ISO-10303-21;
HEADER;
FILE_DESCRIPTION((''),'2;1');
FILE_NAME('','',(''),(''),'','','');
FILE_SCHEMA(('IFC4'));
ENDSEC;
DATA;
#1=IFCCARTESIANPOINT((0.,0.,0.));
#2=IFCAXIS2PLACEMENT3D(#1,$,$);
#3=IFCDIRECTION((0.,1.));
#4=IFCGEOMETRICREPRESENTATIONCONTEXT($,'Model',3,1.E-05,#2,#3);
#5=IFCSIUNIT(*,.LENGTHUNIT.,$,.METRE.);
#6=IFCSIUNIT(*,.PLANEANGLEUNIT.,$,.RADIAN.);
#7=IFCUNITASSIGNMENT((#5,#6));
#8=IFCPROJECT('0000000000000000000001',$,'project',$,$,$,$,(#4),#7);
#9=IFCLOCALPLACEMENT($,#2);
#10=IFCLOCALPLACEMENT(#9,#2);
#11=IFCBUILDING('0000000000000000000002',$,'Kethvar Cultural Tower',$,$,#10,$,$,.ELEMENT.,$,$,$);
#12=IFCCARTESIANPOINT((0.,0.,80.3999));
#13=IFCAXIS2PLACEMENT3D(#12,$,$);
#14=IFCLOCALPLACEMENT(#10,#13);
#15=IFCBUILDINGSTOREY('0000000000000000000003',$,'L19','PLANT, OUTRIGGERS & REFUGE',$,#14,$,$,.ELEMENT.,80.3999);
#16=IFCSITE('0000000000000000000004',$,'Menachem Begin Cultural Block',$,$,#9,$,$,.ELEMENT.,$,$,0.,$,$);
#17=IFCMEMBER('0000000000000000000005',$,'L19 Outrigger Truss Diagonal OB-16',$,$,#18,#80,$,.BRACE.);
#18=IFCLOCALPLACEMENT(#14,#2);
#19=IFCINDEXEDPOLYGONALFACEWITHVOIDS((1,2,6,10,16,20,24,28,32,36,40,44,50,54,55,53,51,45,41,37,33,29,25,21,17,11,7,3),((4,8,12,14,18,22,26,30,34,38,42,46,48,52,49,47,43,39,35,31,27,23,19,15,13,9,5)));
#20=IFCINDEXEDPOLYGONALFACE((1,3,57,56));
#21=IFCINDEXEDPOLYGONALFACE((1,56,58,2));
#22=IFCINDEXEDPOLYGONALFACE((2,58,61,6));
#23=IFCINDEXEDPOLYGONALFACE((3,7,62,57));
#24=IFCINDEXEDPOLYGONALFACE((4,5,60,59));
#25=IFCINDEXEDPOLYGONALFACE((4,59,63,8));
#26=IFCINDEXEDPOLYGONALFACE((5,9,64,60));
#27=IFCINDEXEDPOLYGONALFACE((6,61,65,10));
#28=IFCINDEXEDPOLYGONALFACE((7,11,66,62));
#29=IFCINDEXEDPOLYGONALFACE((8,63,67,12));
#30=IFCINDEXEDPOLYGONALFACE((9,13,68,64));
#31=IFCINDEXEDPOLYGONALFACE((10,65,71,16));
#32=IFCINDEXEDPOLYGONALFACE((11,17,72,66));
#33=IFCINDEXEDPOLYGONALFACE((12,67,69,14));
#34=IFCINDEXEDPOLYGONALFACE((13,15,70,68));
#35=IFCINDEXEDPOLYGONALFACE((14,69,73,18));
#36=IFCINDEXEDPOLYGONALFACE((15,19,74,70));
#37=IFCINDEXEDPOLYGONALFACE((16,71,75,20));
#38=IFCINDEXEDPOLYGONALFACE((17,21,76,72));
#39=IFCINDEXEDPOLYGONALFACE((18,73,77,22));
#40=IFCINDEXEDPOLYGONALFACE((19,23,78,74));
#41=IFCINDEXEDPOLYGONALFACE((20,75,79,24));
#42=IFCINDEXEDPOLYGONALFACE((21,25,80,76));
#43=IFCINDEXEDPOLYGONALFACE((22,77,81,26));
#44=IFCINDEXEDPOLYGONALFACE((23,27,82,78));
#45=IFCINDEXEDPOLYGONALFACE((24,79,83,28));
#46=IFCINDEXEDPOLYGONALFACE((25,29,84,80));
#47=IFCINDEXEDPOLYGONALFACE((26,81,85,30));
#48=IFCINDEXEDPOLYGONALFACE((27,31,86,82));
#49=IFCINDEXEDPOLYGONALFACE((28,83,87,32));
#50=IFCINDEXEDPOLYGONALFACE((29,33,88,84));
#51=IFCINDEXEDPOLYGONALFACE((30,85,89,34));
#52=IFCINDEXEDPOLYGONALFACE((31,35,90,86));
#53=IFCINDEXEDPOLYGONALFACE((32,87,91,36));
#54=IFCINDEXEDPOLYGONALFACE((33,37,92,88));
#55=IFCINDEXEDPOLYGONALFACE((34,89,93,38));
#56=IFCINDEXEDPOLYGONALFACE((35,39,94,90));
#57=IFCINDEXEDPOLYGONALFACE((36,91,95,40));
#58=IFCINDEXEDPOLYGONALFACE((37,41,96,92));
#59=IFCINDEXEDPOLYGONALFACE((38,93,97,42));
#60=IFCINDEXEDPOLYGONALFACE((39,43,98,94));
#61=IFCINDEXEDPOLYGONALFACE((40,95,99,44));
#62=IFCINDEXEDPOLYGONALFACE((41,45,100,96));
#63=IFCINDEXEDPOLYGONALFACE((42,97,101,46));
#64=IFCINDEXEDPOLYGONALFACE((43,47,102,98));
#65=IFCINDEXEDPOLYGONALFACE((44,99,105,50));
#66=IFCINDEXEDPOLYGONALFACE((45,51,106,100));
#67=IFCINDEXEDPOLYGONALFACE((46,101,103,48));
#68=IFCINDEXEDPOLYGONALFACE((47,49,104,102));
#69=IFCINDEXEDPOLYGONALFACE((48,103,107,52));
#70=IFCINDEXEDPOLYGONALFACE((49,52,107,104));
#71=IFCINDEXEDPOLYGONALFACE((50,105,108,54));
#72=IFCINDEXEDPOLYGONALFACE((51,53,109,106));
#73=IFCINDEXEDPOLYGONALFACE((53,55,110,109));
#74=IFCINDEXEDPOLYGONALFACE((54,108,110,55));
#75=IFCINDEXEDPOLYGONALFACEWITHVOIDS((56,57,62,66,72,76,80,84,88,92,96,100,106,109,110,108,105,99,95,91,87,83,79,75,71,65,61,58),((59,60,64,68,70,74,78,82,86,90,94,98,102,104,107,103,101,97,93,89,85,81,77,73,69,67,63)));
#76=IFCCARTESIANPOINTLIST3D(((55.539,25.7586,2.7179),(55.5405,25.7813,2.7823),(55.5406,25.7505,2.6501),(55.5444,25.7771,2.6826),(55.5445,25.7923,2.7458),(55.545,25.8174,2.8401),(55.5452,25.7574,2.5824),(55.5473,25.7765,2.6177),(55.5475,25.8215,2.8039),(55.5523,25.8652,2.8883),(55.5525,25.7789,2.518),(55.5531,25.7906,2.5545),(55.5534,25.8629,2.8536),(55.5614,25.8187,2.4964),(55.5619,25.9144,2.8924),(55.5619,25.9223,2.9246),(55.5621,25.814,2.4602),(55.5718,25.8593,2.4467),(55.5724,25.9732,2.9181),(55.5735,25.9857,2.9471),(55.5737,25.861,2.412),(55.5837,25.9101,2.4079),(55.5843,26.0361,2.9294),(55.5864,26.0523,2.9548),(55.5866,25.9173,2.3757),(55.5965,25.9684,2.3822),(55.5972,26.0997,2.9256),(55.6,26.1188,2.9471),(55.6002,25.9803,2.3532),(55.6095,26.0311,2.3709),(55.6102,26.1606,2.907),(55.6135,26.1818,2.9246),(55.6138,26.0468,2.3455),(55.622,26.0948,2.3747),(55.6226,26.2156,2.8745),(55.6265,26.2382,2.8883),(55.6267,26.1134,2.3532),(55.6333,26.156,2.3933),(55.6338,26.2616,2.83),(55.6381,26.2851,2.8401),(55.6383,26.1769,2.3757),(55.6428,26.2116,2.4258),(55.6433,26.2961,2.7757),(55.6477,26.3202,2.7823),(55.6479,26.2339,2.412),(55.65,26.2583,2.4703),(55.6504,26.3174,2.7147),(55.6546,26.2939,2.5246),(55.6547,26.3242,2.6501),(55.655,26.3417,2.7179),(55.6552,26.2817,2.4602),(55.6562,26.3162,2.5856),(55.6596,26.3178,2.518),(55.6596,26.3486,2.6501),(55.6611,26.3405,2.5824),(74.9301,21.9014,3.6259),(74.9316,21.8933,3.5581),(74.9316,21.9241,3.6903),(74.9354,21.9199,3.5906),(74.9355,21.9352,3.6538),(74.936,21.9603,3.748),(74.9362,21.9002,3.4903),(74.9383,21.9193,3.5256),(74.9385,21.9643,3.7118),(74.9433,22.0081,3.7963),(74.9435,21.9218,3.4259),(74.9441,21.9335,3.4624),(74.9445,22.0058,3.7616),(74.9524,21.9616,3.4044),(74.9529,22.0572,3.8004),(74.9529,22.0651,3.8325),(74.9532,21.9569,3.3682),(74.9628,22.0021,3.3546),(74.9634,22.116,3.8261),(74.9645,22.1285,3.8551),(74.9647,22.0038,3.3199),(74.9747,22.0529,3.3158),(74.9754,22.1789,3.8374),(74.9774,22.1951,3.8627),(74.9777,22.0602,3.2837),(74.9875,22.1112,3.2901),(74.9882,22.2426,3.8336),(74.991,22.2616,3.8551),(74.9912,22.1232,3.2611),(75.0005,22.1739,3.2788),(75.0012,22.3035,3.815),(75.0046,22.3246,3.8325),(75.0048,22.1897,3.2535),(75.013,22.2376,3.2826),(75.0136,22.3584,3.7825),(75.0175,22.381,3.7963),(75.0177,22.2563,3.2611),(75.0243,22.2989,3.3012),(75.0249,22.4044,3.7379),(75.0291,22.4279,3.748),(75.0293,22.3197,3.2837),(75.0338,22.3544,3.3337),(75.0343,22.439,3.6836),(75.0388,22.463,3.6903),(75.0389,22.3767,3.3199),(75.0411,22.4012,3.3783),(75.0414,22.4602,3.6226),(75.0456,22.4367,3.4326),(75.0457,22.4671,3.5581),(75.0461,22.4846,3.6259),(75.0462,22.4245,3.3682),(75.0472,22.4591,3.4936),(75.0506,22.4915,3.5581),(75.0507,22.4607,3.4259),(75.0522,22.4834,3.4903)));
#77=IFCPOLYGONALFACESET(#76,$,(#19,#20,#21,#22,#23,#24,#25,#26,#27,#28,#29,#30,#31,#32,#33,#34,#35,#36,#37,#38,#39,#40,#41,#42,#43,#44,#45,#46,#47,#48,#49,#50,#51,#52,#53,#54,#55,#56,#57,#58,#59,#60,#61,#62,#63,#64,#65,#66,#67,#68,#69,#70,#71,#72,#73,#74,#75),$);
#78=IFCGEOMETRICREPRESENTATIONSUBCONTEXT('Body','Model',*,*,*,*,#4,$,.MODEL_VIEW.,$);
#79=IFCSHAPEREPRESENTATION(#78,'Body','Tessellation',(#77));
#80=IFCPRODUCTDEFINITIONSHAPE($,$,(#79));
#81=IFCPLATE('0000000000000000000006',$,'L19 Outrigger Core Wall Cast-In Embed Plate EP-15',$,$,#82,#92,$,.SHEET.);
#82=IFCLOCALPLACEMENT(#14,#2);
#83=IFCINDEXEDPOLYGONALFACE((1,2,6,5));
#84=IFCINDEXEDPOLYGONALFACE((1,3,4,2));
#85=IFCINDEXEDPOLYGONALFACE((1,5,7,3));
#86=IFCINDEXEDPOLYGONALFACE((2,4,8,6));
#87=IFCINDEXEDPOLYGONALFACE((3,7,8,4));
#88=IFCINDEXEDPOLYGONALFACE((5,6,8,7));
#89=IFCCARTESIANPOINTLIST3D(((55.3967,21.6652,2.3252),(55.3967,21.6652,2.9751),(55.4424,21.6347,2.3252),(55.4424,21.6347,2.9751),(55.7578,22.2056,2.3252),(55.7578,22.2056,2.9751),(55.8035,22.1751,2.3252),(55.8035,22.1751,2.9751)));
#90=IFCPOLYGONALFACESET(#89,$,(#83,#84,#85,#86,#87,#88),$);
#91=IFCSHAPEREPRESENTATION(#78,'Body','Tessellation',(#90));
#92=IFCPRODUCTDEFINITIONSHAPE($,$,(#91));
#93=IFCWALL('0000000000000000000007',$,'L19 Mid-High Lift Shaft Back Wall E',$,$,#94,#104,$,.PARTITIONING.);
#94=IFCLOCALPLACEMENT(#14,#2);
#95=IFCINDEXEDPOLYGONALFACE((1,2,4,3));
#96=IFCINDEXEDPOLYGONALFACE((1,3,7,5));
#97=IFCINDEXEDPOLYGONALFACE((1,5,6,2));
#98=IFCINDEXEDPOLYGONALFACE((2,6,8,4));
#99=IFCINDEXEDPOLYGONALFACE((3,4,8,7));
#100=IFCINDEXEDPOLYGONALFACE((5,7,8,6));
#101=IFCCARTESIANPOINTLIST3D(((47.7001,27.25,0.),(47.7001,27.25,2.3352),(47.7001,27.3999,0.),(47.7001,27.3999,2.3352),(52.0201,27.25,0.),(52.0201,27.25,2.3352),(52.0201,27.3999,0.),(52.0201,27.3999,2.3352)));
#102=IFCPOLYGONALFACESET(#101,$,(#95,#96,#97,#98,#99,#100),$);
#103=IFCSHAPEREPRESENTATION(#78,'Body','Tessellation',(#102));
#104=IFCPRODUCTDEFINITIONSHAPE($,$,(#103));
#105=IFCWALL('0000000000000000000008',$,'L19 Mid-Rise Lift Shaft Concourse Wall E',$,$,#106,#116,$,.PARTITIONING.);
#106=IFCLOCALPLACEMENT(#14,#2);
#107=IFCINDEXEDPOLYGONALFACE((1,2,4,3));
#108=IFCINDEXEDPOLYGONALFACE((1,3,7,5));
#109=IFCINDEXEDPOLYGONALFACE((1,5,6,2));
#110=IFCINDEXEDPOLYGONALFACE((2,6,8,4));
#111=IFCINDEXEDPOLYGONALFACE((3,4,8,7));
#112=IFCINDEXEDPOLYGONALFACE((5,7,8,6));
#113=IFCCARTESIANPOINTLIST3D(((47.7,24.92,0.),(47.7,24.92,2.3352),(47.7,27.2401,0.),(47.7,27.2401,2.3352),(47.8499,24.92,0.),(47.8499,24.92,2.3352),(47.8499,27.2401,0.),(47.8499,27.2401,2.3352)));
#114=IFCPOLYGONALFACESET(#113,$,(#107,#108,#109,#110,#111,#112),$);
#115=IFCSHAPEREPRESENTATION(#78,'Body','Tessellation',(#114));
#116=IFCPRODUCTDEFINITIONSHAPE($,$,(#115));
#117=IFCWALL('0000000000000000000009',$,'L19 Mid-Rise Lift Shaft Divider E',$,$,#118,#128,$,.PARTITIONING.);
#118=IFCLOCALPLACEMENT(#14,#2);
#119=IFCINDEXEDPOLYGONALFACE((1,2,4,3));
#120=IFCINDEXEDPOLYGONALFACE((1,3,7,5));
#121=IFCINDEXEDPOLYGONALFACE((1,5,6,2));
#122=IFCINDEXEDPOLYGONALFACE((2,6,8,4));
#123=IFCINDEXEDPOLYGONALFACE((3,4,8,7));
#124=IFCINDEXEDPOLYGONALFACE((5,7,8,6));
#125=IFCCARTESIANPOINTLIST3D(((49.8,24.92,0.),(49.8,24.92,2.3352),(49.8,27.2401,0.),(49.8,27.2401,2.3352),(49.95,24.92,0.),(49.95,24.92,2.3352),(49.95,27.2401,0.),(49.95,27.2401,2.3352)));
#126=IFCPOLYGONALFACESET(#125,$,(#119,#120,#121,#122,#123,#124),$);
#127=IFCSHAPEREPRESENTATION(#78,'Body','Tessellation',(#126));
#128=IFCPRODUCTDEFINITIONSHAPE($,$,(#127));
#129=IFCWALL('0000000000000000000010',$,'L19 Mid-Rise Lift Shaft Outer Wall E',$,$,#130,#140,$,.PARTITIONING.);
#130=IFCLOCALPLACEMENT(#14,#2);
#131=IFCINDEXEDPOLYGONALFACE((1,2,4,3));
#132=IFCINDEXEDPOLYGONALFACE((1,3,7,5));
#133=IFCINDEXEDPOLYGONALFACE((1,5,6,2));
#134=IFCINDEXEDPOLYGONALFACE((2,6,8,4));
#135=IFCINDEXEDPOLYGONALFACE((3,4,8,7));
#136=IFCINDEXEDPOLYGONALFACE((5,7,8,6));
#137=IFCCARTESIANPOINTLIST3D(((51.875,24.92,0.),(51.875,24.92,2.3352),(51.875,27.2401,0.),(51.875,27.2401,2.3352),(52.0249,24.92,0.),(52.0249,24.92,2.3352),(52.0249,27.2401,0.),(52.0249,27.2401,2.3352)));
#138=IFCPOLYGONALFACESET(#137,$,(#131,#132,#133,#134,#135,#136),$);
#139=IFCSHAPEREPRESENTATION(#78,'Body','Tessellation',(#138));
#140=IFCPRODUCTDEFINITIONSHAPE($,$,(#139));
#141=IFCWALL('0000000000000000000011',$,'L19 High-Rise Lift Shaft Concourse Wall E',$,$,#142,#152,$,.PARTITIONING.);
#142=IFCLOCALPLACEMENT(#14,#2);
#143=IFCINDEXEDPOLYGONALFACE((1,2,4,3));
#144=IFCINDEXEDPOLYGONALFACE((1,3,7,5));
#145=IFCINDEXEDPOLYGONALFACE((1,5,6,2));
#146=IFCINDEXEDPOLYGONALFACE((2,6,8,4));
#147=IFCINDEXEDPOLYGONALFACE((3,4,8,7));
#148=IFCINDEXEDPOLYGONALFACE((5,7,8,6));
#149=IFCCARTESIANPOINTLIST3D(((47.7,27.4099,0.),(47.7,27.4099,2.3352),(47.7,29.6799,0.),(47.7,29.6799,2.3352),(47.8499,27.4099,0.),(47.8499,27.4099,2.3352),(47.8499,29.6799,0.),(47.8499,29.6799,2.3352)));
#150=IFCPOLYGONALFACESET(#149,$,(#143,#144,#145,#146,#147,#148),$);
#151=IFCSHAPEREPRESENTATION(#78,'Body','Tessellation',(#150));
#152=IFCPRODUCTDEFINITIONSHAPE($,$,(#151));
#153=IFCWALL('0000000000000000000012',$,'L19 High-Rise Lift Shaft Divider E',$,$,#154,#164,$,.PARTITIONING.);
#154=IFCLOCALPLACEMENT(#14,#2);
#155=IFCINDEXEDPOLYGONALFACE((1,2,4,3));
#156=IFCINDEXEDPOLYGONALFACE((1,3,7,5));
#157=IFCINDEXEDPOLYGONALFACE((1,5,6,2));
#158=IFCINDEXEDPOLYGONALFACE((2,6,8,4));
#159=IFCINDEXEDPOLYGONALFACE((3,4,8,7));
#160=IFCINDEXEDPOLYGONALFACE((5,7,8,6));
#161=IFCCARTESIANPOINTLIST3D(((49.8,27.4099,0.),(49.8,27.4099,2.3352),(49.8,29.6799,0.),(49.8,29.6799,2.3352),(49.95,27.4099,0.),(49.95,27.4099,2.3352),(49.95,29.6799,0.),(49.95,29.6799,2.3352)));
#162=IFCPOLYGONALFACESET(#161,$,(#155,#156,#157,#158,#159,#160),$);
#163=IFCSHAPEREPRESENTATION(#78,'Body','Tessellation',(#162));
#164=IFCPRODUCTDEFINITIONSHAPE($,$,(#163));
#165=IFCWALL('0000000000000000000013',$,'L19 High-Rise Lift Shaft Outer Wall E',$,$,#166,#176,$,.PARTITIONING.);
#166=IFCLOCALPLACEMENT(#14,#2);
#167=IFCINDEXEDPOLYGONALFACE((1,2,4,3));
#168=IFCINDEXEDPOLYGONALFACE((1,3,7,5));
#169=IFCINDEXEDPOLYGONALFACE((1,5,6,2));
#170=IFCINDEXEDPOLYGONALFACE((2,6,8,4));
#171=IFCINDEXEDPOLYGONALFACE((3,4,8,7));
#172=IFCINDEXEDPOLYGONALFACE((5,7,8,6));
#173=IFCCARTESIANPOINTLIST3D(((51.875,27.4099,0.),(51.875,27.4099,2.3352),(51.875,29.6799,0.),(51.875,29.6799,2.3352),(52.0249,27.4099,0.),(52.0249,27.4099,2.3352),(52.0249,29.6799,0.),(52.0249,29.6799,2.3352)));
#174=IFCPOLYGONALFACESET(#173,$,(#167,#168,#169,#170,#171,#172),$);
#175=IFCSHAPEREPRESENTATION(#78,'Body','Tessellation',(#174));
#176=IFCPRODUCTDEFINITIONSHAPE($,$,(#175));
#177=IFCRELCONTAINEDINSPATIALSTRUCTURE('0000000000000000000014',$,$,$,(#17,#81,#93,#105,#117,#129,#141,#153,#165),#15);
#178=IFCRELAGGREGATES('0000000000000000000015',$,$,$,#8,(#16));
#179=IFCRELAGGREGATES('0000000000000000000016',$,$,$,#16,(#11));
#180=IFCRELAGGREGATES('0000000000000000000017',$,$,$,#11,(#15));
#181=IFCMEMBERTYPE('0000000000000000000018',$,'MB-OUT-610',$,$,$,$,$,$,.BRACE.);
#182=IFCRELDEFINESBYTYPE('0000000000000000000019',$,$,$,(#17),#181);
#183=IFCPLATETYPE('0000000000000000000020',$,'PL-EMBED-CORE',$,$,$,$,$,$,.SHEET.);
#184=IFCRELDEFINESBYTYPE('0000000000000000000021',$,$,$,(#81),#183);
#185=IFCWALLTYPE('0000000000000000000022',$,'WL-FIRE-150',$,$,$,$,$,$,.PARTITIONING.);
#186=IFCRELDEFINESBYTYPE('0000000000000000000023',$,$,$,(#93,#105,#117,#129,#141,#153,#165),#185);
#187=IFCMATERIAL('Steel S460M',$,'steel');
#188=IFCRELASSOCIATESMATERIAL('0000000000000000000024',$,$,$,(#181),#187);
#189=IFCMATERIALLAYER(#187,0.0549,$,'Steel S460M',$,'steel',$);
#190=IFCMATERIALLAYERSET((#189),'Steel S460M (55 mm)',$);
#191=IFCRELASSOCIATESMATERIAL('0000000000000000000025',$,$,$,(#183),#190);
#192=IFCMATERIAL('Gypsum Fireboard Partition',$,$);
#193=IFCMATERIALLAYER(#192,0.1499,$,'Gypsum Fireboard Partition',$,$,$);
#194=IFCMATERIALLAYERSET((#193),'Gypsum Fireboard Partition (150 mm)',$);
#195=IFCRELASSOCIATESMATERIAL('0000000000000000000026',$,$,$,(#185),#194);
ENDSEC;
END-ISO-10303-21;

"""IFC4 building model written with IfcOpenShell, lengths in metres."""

from ifc_helpers import new_model, si_unit, direction, frame, frame_2d, origin, origin_2d, place, context, subcontext, project, spatial, rectangle, hollow_circle, extrude, source, transform, mapped, material, layer, layer_set, material_profile, profile_set, type_object, element, save


model = new_model("IFC4")

# Units and contexts
model_context = context("Model", 3, precision=1e-05, world=origin(), true_north=direction((0.0, 1.0)))
body_context = subcontext(model_context, "Body", "Model", "MODEL_VIEW")
ifc_project = project(units=[si_unit("LENGTHUNIT", "METRE"), si_unit("PLANEANGLEUNIT", "RADIAN")], contexts=[model_context])

# Site, building, storey
site_placement = place(None, origin())
site = spatial("IfcSite", under=ifc_project, at=site_placement, Name="Menachem Begin Cultural Block", CompositionType="ELEMENT", RefElevation=0.0)
building_placement = place(site_placement, origin())
building = spatial("IfcBuilding", under=site, at=building_placement, Name="Kethvar Cultural Tower", CompositionType="ELEMENT")
storey_placement = place(building_placement, frame((0.0, 0.0, 80.3999)))
storey = spatial("IfcBuildingStorey", under=building, at=storey_placement, Name="L19", Description="PLANT, OUTRIGGERS & REFUGE", CompositionType="ELEMENT", Elevation=80.3999)

# Shared definitions
ifc_material_1 = material(Name="Steel S460M", Category="steel")

# Shared definitions
ifc_material_profile_1 = material_profile(ifc_material_1, hollow_circle(Radius=0.3049, WallThickness=0.0249, at=origin_2d()), Name="Steel S460M — CHS610x25")
ifc_profile_set_1 = profile_set([ifc_material_profile_1], Name="Steel S460M — CHS610x25")
member_type = type_object("IfcMemberType", Name="MB-OUT-610", PredefinedType="BRACE", material=ifc_profile_set_1)

# Member
shared_shape_1 = source(origin(), body_context, "Body", "SweptSolid", [
    extrude(hollow_circle(Radius=0.3049, WallThickness=0.0249, at=origin_2d()), origin(), (0.0, 0.0, 1.0), 19.7917),
])
member_1_placement = place(storey_placement, frame((55.6001, 26.0496, 2.6501), z_axis=(0.979752, -0.194887, 0.045875), x_axis=(0.195093, 0.980785, 0.0)))
element("IfcMember", 1, at=member_1_placement, inside=storey, type_object=member_type, Name="L19 Outrigger Truss Diagonal OB-16", PredefinedType="BRACE", context=body_context, shape_type="MappedRepresentation", body=[
    mapped(shared_shape_1, transform((0.0, 0.0, 0.0), scale=1.0)),
])

# Plate
ifc_layer_1 = layer(ifc_material_1, 0.0549, Name="Steel S460M", Category="steel")
ifc_layer_set_1 = layer_set([ifc_layer_1], Name="Steel S460M (55 mm)")
plate_type = type_object("IfcPlateType", Name="PL-EMBED-CORE", PredefinedType="SHEET", material=ifc_layer_set_1)
shared_shape_2 = source(origin(), body_context, "Body", "SweptSolid", [
    extrude(rectangle(XDim=0.0549, YDim=0.6499, at=origin_2d()), origin(), (0.0, 0.0, 1.0), 0.6499),
])
plate_placement = place(storey_placement, frame((55.6001, 21.9202, 2.3252), z_axis=(0.0, 0.0, 1.0), x_axis=(0.83147, -0.55557, 0.0)))
element("IfcPlate", 2, at=plate_placement, inside=storey, type_object=plate_type, Name="L19 Outrigger Core Wall Cast-In Embed Plate EP-15", PredefinedType="SHEET", context=body_context, shape_type="MappedRepresentation", body=[
    mapped(shared_shape_2, transform((0.0, 0.0, 0.0), scale=1.0)),
])

# Walls
ifc_material_2 = material(Name="Gypsum Fireboard Partition")
ifc_layer_2 = layer(ifc_material_2, 0.1499, Name="Gypsum Fireboard Partition")
ifc_layer_set_2 = layer_set([ifc_layer_2], Name="Gypsum Fireboard Partition (150 mm)")
wall_type_1 = type_object("IfcWallType", Name="WL-FIRE-150", PredefinedType="PARTITIONING", material=ifc_layer_set_2)
wall_1_placement = place(storey_placement, frame((47.7, 27.325, 0.0), z_axis=(0.0, 0.0, 1.0), x_axis=(1.0, 0.0, 0.0)))
element("IfcWall", 3, at=wall_1_placement, inside=storey, type_object=wall_type_1, Name="L19 Mid-High Lift Shaft Back Wall E", PredefinedType="PARTITIONING", context=body_context, shape_type="SweptSolid", body=[
    extrude(rectangle(XDim=4.3201, YDim=0.1499, at=frame_2d((2.1602, 0.0))), origin(), (0.0, 0.0, 1.0), 2.3352),
])
for number, where, z_axis, x_axis, name in (
    (4, (47.7749, 24.9199, 0.0), (0.0, 0.0, 1.0), (0.0, 1.0, 0.0), "L19 Mid-Rise Lift Shaft Concourse Wall E"),
    (5, (49.875, 24.9199, 0.0), (0.0, 0.0, 1.0), (0.0, 1.0, 0.0), "L19 Mid-Rise Lift Shaft Divider E"),
    (6, (51.95, 24.9199, 0.0), (0.0, 0.0, 1.0), (0.0, 1.0, 0.0), "L19 Mid-Rise Lift Shaft Outer Wall E"),
):
    element("IfcWall", number, at=place(storey_placement, frame(where, z_axis=z_axis, x_axis=x_axis)), inside=storey, type_object=wall_type_1, Name=name, PredefinedType="PARTITIONING", context=body_context, shape_type="SweptSolid", body=[
        extrude(rectangle(XDim=2.3201, YDim=0.1499, at=frame_2d((1.1602, 0.0))), origin(), (0.0, 0.0, 1.0), 2.3352),
    ])
for number, where, z_axis, x_axis, name in (
    (7, (47.7749, 27.4099, 0.0), (0.0, 0.0, 1.0), (0.0, 1.0, 0.0), "L19 High-Rise Lift Shaft Concourse Wall E"),
    (8, (49.875, 27.4099, 0.0), (0.0, 0.0, 1.0), (0.0, 1.0, 0.0), "L19 High-Rise Lift Shaft Divider E"),
    (9, (51.95, 27.4099, 0.0), (0.0, 0.0, 1.0), (0.0, 1.0, 0.0), "L19 High-Rise Lift Shaft Outer Wall E"),
):
    element("IfcWall", number, at=place(storey_placement, frame(where, z_axis=z_axis, x_axis=x_axis)), inside=storey, type_object=wall_type_1, Name=name, PredefinedType="PARTITIONING", context=body_context, shape_type="SweptSolid", body=[
        extrude(rectangle(XDim=2.27, YDim=0.1499, at=frame_2d((1.135, 0.0))), origin(), (0.0, 0.0, 1.0), 2.3352),
    ])

save(model, "model.ifc")
